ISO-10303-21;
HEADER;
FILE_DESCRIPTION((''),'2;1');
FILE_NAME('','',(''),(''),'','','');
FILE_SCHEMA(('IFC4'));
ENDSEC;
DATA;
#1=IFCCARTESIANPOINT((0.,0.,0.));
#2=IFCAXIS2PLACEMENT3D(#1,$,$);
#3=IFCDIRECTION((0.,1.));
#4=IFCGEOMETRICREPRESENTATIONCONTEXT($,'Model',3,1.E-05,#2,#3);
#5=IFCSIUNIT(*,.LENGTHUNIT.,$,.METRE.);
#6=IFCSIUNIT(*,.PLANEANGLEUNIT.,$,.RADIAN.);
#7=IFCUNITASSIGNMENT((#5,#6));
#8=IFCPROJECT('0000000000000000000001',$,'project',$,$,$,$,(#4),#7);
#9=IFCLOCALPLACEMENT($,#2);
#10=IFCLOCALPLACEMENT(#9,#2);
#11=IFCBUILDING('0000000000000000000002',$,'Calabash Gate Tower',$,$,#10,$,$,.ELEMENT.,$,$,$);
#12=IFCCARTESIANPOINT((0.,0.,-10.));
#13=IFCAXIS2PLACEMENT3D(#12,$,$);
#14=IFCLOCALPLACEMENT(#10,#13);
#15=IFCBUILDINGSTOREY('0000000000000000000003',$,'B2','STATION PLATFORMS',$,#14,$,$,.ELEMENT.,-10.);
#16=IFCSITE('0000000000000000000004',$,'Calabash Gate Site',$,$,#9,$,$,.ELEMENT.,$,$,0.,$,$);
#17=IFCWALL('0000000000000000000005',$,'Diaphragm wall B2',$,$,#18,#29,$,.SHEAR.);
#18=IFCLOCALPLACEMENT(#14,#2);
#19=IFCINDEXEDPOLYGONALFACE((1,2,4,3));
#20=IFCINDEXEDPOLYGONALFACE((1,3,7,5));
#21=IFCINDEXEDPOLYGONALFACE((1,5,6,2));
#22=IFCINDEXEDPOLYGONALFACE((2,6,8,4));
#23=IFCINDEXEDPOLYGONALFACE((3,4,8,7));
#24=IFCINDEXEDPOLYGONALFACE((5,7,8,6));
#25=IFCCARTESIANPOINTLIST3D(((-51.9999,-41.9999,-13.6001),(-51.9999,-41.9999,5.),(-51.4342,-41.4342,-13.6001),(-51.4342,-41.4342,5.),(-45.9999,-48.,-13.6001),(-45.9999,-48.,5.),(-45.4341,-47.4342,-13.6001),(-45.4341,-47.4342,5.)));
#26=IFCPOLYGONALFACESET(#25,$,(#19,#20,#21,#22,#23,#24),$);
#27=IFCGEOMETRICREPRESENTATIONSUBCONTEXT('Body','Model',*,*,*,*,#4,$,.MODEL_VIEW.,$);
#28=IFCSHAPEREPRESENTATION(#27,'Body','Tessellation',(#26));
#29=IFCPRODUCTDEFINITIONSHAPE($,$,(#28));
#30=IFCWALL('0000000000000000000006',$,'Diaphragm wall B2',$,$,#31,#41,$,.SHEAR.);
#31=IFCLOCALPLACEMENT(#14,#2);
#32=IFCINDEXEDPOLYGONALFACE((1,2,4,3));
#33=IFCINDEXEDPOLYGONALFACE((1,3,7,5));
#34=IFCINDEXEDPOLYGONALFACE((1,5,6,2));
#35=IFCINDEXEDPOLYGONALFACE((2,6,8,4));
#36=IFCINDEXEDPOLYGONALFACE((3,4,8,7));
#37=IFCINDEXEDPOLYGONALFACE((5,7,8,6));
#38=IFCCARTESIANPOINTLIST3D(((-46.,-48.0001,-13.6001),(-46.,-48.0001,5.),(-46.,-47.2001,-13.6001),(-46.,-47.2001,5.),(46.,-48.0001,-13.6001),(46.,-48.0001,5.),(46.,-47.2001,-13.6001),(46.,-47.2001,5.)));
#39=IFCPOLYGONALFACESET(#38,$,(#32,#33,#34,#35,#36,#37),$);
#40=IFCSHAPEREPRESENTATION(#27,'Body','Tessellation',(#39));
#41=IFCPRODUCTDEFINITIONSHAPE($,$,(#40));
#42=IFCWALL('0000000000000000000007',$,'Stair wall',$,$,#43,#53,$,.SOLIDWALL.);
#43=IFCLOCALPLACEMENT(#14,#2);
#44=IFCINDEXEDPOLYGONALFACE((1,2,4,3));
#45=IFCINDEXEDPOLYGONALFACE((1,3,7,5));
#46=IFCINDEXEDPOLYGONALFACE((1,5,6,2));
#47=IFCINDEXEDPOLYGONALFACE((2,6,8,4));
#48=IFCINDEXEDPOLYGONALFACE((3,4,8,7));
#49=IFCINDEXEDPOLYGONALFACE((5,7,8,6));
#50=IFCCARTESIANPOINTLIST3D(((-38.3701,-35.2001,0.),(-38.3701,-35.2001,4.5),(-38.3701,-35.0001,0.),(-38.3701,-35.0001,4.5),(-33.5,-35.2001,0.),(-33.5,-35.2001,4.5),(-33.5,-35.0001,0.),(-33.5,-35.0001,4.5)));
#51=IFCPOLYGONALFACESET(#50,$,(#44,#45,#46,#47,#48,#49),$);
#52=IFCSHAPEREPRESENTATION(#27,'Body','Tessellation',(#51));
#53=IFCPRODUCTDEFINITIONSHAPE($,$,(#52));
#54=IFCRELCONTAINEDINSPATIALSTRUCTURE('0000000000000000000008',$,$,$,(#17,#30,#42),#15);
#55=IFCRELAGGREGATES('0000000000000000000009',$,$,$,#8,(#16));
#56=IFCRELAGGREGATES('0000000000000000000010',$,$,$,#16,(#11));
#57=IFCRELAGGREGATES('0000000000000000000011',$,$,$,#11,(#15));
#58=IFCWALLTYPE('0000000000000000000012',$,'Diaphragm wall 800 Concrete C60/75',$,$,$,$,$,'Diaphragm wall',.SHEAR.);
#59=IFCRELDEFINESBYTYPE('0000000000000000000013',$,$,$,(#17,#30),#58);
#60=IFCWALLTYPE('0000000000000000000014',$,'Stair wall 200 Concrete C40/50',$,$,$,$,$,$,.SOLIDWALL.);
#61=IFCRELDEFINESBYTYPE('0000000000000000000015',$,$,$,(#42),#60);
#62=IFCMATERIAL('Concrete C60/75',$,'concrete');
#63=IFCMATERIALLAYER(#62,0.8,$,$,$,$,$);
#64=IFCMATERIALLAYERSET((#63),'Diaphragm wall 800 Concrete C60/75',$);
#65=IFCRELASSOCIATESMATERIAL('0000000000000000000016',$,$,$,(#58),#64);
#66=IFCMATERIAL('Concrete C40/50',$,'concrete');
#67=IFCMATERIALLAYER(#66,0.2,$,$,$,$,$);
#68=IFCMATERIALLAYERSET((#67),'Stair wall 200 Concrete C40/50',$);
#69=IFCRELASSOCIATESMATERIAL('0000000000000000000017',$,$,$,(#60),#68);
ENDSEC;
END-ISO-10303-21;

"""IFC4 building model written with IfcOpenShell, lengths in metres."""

from ifc_helpers import new_model, si_unit, direction, frame, frame_2d, origin, place, context, subcontext, project, spatial, rectangle, extrude, material, layer, layer_set, type_object, element, save


model = new_model("IFC4")

# Units and contexts
model_context = context("Model", 3, precision=1e-05, world=origin(), true_north=direction((0.0, 1.0)))
body_context = subcontext(model_context, "Body", "Model", "MODEL_VIEW")
ifc_project = project(units=[si_unit("LENGTHUNIT", "METRE"), si_unit("PLANEANGLEUNIT", "RADIAN")], contexts=[model_context])

# Site, building, storey
site_placement = place(None, origin())
site = spatial("IfcSite", under=ifc_project, at=site_placement, Name="Calabash Gate Site", CompositionType="ELEMENT", RefElevation=0.0)
building_placement = place(site_placement, origin())
building = spatial("IfcBuilding", under=site, at=building_placement, Name="Calabash Gate Tower", CompositionType="ELEMENT")
storey_placement = place(building_placement, frame((0.0, 0.0, -10.0)))
storey = spatial("IfcBuildingStorey", under=building, at=storey_placement, Name="B2", Description="STATION PLATFORMS", CompositionType="ELEMENT", Elevation=-10.0)

# Walls
ifc_material_1 = material(Name="Concrete C60/75", Category="concrete")
ifc_layer_1 = layer(ifc_material_1, 0.8)
ifc_layer_set_1 = layer_set([ifc_layer_1], Name="Diaphragm wall 800 Concrete C60/75")
wall_type_1 = type_object("IfcWallType", Name="Diaphragm wall 800 Concrete C60/75", ElementType="Diaphragm wall", PredefinedType="SHEAR", material=ifc_layer_set_1)
wall_1_placement = place(storey_placement, frame((-51.717, -41.717, -13.6001), z_axis=(0.0, 0.0, 1.0), x_axis=(0.707107, -0.707107, 0.0)))
element("IfcWall", 1, at=wall_1_placement, inside=storey, type_object=wall_type_1, Name="Diaphragm wall B2", PredefinedType="SHEAR", context=body_context, shape_type="SweptSolid", body=[
    extrude(rectangle(XDim=8.4854, YDim=0.8, at=frame_2d((4.2427, 0.0))), origin(), (0.0, 0.0, 1.0), 18.6001),
])
wall_2_placement = place(storey_placement, frame((-46.0, -47.6001, -13.6001), z_axis=(0.0, 0.0, 1.0), x_axis=(1.0, 0.0, 0.0)))
element("IfcWall", 2, at=wall_2_placement, inside=storey, type_object=wall_type_1, Name="Diaphragm wall B2", PredefinedType="SHEAR", context=body_context, shape_type="SweptSolid", body=[
    extrude(rectangle(XDim=92.0, YDim=0.8, at=frame_2d((46.0, 0.0))), origin(), (0.0, 0.0, 1.0), 18.6001),
])
ifc_material_2 = material(Name="Concrete C40/50", Category="concrete")
ifc_layer_2 = layer(ifc_material_2, 0.2)
ifc_layer_set_2 = layer_set([ifc_layer_2], Name="Stair wall 200 Concrete C40/50")
wall_type_2 = type_object("IfcWallType", Name="Stair wall 200 Concrete C40/50", PredefinedType="SOLIDWALL", material=ifc_layer_set_2)
wall_3_placement = place(storey_placement, frame((-38.3701, -35.1001, 0.0), z_axis=(0.0, 0.0, 1.0), x_axis=(1.0, 0.0, 0.0)))
element("IfcWall", 3, at=wall_3_placement, inside=storey, type_object=wall_type_2, Name="Stair wall", PredefinedType="SOLIDWALL", context=body_context, shape_type="SweptSolid", body=[
    extrude(rectangle(XDim=4.8701, YDim=0.2, at=frame_2d((2.4351, 0.0))), origin(), (0.0, 0.0, 1.0), 4.5),
])

save(model, "model.ifc")
